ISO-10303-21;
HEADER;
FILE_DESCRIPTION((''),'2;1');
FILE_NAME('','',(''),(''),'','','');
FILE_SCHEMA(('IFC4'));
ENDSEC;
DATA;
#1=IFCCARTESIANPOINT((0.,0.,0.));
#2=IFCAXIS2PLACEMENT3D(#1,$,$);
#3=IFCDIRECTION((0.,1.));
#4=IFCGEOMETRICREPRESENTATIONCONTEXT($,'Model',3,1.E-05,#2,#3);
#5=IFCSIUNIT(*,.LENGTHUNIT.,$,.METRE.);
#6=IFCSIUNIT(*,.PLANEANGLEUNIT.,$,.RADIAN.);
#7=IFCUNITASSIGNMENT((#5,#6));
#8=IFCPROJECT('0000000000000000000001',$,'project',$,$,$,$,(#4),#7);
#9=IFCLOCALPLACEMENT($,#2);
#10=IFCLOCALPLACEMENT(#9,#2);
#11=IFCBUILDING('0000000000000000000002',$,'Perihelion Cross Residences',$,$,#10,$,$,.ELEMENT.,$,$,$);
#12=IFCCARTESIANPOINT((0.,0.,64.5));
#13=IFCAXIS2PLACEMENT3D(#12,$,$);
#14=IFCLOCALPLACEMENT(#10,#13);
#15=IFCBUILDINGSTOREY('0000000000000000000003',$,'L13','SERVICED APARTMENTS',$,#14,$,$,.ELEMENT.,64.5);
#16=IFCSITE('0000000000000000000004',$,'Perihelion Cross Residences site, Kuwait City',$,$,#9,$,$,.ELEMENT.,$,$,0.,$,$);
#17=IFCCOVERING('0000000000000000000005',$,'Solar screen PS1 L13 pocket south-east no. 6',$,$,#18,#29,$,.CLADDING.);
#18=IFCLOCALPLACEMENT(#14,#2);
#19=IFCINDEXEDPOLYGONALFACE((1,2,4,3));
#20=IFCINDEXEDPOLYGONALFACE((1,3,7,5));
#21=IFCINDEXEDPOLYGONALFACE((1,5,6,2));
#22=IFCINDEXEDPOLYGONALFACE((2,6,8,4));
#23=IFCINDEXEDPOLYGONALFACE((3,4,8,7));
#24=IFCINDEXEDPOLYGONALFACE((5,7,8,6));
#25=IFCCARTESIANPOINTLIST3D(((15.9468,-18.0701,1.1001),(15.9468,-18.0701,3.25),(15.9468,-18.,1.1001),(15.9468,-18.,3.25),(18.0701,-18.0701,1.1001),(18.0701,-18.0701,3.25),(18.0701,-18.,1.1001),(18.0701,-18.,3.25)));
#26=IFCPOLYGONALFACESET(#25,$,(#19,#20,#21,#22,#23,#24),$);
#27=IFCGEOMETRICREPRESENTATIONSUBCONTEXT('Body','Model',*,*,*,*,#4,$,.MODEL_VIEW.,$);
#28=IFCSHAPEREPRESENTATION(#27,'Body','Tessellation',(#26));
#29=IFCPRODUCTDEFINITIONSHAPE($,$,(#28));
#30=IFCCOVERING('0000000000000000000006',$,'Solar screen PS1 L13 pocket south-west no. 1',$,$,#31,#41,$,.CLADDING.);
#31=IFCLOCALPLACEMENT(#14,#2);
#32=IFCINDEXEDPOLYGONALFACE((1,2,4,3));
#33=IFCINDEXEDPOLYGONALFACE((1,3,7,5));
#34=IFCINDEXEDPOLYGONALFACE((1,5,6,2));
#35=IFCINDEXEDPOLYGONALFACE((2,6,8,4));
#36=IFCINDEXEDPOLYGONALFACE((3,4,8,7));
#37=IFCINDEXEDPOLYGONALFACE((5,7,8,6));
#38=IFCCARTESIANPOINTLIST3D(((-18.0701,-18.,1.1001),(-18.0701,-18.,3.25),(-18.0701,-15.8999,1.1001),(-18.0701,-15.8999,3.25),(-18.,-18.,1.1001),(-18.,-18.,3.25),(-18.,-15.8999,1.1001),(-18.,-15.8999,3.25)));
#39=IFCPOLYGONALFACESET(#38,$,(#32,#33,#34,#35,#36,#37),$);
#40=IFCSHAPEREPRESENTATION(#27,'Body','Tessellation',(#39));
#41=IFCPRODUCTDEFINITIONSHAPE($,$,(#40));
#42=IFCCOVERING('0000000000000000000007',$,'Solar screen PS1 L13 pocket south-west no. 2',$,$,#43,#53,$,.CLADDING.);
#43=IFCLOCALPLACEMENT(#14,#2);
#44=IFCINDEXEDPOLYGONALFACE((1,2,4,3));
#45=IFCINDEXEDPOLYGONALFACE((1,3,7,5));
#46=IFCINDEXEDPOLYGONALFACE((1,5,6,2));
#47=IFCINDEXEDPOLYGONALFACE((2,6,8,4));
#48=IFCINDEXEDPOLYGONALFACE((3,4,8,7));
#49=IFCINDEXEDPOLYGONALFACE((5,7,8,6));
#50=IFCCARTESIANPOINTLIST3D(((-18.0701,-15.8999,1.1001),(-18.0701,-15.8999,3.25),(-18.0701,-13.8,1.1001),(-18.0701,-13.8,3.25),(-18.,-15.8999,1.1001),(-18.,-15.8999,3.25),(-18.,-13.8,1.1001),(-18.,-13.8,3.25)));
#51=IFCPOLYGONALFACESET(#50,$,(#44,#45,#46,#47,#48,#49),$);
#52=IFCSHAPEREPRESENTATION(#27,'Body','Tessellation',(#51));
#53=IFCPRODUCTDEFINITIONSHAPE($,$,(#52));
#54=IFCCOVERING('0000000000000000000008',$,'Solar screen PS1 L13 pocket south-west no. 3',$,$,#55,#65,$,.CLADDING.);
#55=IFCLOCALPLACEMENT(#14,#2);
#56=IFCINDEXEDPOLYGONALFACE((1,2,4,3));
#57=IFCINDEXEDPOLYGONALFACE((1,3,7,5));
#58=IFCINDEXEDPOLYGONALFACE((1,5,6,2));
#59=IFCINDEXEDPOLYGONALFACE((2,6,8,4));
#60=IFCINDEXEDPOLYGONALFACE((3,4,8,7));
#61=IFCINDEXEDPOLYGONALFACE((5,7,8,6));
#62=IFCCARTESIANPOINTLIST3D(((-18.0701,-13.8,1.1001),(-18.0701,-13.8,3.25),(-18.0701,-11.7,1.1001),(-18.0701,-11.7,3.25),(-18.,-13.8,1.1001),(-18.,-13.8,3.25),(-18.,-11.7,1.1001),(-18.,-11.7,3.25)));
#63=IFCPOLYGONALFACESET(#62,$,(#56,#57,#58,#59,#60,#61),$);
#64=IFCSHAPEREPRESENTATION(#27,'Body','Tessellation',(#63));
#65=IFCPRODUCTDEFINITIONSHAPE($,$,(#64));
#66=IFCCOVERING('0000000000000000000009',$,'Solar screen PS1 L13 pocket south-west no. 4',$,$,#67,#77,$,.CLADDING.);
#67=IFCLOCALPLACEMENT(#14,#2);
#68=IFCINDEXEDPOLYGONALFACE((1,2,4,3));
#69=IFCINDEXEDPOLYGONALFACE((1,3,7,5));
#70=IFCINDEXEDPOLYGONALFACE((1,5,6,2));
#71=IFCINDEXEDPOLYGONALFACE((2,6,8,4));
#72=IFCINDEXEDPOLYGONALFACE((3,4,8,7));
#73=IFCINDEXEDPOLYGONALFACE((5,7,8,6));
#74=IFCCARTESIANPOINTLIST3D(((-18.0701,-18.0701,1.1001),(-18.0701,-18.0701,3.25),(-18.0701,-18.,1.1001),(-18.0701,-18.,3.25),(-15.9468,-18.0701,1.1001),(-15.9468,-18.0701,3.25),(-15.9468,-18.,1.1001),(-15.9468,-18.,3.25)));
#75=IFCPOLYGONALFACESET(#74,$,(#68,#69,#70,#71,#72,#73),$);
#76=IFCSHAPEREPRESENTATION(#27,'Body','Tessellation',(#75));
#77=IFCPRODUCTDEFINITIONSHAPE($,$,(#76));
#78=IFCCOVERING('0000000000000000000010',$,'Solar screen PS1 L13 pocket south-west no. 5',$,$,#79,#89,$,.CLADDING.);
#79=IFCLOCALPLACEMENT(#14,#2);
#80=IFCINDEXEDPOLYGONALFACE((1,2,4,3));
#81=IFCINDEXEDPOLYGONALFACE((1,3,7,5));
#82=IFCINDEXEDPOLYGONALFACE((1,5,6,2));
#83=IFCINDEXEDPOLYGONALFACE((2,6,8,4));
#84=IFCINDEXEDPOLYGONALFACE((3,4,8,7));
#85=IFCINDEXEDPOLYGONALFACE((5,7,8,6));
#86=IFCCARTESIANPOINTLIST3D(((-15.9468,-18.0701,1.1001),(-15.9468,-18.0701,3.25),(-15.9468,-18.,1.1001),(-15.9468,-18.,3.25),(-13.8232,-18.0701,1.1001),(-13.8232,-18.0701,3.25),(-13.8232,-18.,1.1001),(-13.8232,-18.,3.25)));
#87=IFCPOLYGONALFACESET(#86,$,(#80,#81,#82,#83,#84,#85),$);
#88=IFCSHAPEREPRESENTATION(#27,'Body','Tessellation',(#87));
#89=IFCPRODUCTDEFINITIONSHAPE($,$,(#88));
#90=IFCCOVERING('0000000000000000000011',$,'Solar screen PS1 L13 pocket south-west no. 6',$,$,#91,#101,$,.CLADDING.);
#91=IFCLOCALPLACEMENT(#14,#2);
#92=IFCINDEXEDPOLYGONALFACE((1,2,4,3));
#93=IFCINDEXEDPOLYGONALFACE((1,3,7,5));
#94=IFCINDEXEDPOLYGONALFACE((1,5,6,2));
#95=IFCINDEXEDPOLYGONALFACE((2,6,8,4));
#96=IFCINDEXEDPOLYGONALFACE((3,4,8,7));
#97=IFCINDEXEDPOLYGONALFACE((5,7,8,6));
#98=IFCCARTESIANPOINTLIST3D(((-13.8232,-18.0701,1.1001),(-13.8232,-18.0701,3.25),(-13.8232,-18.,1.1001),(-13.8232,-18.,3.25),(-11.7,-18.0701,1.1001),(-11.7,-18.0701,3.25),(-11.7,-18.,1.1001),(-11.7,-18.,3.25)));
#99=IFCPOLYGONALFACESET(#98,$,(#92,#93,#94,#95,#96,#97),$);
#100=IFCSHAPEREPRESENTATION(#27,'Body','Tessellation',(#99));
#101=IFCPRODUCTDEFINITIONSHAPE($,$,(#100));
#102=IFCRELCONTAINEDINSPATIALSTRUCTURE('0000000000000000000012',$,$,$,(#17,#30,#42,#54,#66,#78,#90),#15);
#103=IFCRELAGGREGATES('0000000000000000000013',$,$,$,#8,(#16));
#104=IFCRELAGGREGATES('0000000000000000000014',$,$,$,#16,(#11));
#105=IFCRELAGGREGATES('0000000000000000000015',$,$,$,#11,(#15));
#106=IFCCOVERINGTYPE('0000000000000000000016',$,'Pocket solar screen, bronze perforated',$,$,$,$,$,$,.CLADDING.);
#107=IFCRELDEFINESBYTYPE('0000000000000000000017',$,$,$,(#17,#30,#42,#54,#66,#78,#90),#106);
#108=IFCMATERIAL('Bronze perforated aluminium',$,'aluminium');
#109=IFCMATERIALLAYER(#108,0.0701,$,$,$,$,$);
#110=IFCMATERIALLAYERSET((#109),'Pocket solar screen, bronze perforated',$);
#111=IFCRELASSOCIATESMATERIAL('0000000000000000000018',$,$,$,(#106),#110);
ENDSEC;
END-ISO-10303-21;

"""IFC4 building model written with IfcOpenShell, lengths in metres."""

from ifc_helpers import new_model, si_unit, direction, frame, origin, place, context, subcontext, project, spatial, polyline, outline, extrude, material, layer, layer_set, type_object, element, save


model = new_model("IFC4")

# Units and contexts
model_context = context("Model", 3, precision=1e-05, world=origin(), true_north=direction((0.0, 1.0)))
body_context = subcontext(model_context, "Body", "Model", "MODEL_VIEW")
ifc_project = project(units=[si_unit("LENGTHUNIT", "METRE"), si_unit("PLANEANGLEUNIT", "RADIAN")], contexts=[model_context])

# Site, building, storey
site_placement = place(None, origin())
site = spatial("IfcSite", under=ifc_project, at=site_placement, Name="Perihelion Cross Residences site, Kuwait City", CompositionType="ELEMENT", RefElevation=0.0)
building_placement = place(site_placement, origin())
building = spatial("IfcBuilding", under=site, at=building_placement, Name="Perihelion Cross Residences", CompositionType="ELEMENT")
storey_placement = place(building_placement, frame((0.0, 0.0, 64.5)))
storey = spatial("IfcBuildingStorey", under=building, at=storey_placement, Name="L13", Description="SERVICED APARTMENTS", CompositionType="ELEMENT", Elevation=64.5)

# Coverings
ifc_material_1 = material(Name="Bronze perforated aluminium", Category="aluminium")
ifc_layer_1 = layer(ifc_material_1, 0.0701)
ifc_layer_set_1 = layer_set([ifc_layer_1], Name="Pocket solar screen, bronze perforated")
covering_type_1 = type_object("IfcCoveringType", Name="Pocket solar screen, bronze perforated", PredefinedType="CLADDING", material=ifc_layer_set_1)
covering_1_placement = place(storey_placement, frame((0.0, 0.0, 1.1001)))
element("IfcCovering", 1, at=covering_1_placement, inside=storey, type_object=covering_type_1, Name="Solar screen PS1 L13 pocket south-east no. 6", PredefinedType="CLADDING", context=body_context, shape_type="SweptSolid", body=[
    extrude(outline(polyline([(18.0701, -18.0701), (18.0701, -18.0), (15.9468, -18.0), (15.9468, -18.0701), (18.0701, -18.0701)])), origin(), (0.0, 0.0, 1.0), 2.1499),
])
covering_2_placement = place(storey_placement, frame((0.0, 0.0, 1.1001)))
element("IfcCovering", 2, at=covering_2_placement, inside=storey, type_object=covering_type_1, Name="Solar screen PS1 L13 pocket south-west no. 1", PredefinedType="CLADDING", context=body_context, shape_type="SweptSolid", body=[
    extrude(outline(polyline([(-18.0, -18.0), (-18.0, -15.8999), (-18.0701, -15.8999), (-18.0701, -18.0), (-18.0, -18.0)])), origin(), (0.0, 0.0, 1.0), 2.1499),
])
covering_3_placement = place(storey_placement, frame((0.0, 0.0, 1.1001)))
element("IfcCovering", 3, at=covering_3_placement, inside=storey, type_object=covering_type_1, Name="Solar screen PS1 L13 pocket south-west no. 2", PredefinedType="CLADDING", context=body_context, shape_type="SweptSolid", body=[
    extrude(outline(polyline([(-18.0, -15.8999), (-18.0, -13.8), (-18.0701, -13.8), (-18.0701, -15.8999), (-18.0, -15.8999)])), origin(), (0.0, 0.0, 1.0), 2.1499),
])
covering_4_placement = place(storey_placement, frame((0.0, 0.0, 1.1001)))
element("IfcCovering", 4, at=covering_4_placement, inside=storey, type_object=covering_type_1, Name="Solar screen PS1 L13 pocket south-west no. 3", PredefinedType="CLADDING", context=body_context, shape_type="SweptSolid", body=[
    extrude(outline(polyline([(-18.0, -13.8), (-18.0, -11.7), (-18.0701, -11.7), (-18.0701, -13.8), (-18.0, -13.8)])), origin(), (0.0, 0.0, 1.0), 2.1499),
])
covering_5_placement = place(storey_placement, frame((0.0, 0.0, 1.1001)))
element("IfcCovering", 5, at=covering_5_placement, inside=storey, type_object=covering_type_1, Name="Solar screen PS1 L13 pocket south-west no. 4", PredefinedType="CLADDING", context=body_context, shape_type="SweptSolid", body=[
    extrude(outline(polyline([(-15.9468, -18.0701), (-15.9468, -18.0), (-18.0701, -18.0), (-18.0701, -18.0701), (-15.9468, -18.0701)])), origin(), (0.0, 0.0, 1.0), 2.1499),
])
covering_6_placement = place(storey_placement, frame((0.0, 0.0, 1.1001)))
element("IfcCovering", 6, at=covering_6_placement, inside=storey, type_object=covering_type_1, Name="Solar screen PS1 L13 pocket south-west no. 5", PredefinedType="CLADDING", context=body_context, shape_type="SweptSolid", body=[
    extrude(outline(polyline([(-13.8232, -18.0701), (-13.8232, -18.0), (-15.9468, -18.0), (-15.9468, -18.0701), (-13.8232, -18.0701)])), origin(), (0.0, 0.0, 1.0), 2.1499),
])
covering_7_placement = place(storey_placement, frame((0.0, 0.0, 1.1001)))
element("IfcCovering", 7, at=covering_7_placement, inside=storey, type_object=covering_type_1, Name="Solar screen PS1 L13 pocket south-west no. 6", PredefinedType="CLADDING", context=body_context, shape_type="SweptSolid", body=[
    extrude(outline(polyline([(-11.7, -18.0701), (-11.7, -18.0), (-13.8232, -18.0), (-13.8232, -18.0701), (-11.7, -18.0701)])), origin(), (0.0, 0.0, 1.0), 2.1499),
])

save(model, "model.ifc")
